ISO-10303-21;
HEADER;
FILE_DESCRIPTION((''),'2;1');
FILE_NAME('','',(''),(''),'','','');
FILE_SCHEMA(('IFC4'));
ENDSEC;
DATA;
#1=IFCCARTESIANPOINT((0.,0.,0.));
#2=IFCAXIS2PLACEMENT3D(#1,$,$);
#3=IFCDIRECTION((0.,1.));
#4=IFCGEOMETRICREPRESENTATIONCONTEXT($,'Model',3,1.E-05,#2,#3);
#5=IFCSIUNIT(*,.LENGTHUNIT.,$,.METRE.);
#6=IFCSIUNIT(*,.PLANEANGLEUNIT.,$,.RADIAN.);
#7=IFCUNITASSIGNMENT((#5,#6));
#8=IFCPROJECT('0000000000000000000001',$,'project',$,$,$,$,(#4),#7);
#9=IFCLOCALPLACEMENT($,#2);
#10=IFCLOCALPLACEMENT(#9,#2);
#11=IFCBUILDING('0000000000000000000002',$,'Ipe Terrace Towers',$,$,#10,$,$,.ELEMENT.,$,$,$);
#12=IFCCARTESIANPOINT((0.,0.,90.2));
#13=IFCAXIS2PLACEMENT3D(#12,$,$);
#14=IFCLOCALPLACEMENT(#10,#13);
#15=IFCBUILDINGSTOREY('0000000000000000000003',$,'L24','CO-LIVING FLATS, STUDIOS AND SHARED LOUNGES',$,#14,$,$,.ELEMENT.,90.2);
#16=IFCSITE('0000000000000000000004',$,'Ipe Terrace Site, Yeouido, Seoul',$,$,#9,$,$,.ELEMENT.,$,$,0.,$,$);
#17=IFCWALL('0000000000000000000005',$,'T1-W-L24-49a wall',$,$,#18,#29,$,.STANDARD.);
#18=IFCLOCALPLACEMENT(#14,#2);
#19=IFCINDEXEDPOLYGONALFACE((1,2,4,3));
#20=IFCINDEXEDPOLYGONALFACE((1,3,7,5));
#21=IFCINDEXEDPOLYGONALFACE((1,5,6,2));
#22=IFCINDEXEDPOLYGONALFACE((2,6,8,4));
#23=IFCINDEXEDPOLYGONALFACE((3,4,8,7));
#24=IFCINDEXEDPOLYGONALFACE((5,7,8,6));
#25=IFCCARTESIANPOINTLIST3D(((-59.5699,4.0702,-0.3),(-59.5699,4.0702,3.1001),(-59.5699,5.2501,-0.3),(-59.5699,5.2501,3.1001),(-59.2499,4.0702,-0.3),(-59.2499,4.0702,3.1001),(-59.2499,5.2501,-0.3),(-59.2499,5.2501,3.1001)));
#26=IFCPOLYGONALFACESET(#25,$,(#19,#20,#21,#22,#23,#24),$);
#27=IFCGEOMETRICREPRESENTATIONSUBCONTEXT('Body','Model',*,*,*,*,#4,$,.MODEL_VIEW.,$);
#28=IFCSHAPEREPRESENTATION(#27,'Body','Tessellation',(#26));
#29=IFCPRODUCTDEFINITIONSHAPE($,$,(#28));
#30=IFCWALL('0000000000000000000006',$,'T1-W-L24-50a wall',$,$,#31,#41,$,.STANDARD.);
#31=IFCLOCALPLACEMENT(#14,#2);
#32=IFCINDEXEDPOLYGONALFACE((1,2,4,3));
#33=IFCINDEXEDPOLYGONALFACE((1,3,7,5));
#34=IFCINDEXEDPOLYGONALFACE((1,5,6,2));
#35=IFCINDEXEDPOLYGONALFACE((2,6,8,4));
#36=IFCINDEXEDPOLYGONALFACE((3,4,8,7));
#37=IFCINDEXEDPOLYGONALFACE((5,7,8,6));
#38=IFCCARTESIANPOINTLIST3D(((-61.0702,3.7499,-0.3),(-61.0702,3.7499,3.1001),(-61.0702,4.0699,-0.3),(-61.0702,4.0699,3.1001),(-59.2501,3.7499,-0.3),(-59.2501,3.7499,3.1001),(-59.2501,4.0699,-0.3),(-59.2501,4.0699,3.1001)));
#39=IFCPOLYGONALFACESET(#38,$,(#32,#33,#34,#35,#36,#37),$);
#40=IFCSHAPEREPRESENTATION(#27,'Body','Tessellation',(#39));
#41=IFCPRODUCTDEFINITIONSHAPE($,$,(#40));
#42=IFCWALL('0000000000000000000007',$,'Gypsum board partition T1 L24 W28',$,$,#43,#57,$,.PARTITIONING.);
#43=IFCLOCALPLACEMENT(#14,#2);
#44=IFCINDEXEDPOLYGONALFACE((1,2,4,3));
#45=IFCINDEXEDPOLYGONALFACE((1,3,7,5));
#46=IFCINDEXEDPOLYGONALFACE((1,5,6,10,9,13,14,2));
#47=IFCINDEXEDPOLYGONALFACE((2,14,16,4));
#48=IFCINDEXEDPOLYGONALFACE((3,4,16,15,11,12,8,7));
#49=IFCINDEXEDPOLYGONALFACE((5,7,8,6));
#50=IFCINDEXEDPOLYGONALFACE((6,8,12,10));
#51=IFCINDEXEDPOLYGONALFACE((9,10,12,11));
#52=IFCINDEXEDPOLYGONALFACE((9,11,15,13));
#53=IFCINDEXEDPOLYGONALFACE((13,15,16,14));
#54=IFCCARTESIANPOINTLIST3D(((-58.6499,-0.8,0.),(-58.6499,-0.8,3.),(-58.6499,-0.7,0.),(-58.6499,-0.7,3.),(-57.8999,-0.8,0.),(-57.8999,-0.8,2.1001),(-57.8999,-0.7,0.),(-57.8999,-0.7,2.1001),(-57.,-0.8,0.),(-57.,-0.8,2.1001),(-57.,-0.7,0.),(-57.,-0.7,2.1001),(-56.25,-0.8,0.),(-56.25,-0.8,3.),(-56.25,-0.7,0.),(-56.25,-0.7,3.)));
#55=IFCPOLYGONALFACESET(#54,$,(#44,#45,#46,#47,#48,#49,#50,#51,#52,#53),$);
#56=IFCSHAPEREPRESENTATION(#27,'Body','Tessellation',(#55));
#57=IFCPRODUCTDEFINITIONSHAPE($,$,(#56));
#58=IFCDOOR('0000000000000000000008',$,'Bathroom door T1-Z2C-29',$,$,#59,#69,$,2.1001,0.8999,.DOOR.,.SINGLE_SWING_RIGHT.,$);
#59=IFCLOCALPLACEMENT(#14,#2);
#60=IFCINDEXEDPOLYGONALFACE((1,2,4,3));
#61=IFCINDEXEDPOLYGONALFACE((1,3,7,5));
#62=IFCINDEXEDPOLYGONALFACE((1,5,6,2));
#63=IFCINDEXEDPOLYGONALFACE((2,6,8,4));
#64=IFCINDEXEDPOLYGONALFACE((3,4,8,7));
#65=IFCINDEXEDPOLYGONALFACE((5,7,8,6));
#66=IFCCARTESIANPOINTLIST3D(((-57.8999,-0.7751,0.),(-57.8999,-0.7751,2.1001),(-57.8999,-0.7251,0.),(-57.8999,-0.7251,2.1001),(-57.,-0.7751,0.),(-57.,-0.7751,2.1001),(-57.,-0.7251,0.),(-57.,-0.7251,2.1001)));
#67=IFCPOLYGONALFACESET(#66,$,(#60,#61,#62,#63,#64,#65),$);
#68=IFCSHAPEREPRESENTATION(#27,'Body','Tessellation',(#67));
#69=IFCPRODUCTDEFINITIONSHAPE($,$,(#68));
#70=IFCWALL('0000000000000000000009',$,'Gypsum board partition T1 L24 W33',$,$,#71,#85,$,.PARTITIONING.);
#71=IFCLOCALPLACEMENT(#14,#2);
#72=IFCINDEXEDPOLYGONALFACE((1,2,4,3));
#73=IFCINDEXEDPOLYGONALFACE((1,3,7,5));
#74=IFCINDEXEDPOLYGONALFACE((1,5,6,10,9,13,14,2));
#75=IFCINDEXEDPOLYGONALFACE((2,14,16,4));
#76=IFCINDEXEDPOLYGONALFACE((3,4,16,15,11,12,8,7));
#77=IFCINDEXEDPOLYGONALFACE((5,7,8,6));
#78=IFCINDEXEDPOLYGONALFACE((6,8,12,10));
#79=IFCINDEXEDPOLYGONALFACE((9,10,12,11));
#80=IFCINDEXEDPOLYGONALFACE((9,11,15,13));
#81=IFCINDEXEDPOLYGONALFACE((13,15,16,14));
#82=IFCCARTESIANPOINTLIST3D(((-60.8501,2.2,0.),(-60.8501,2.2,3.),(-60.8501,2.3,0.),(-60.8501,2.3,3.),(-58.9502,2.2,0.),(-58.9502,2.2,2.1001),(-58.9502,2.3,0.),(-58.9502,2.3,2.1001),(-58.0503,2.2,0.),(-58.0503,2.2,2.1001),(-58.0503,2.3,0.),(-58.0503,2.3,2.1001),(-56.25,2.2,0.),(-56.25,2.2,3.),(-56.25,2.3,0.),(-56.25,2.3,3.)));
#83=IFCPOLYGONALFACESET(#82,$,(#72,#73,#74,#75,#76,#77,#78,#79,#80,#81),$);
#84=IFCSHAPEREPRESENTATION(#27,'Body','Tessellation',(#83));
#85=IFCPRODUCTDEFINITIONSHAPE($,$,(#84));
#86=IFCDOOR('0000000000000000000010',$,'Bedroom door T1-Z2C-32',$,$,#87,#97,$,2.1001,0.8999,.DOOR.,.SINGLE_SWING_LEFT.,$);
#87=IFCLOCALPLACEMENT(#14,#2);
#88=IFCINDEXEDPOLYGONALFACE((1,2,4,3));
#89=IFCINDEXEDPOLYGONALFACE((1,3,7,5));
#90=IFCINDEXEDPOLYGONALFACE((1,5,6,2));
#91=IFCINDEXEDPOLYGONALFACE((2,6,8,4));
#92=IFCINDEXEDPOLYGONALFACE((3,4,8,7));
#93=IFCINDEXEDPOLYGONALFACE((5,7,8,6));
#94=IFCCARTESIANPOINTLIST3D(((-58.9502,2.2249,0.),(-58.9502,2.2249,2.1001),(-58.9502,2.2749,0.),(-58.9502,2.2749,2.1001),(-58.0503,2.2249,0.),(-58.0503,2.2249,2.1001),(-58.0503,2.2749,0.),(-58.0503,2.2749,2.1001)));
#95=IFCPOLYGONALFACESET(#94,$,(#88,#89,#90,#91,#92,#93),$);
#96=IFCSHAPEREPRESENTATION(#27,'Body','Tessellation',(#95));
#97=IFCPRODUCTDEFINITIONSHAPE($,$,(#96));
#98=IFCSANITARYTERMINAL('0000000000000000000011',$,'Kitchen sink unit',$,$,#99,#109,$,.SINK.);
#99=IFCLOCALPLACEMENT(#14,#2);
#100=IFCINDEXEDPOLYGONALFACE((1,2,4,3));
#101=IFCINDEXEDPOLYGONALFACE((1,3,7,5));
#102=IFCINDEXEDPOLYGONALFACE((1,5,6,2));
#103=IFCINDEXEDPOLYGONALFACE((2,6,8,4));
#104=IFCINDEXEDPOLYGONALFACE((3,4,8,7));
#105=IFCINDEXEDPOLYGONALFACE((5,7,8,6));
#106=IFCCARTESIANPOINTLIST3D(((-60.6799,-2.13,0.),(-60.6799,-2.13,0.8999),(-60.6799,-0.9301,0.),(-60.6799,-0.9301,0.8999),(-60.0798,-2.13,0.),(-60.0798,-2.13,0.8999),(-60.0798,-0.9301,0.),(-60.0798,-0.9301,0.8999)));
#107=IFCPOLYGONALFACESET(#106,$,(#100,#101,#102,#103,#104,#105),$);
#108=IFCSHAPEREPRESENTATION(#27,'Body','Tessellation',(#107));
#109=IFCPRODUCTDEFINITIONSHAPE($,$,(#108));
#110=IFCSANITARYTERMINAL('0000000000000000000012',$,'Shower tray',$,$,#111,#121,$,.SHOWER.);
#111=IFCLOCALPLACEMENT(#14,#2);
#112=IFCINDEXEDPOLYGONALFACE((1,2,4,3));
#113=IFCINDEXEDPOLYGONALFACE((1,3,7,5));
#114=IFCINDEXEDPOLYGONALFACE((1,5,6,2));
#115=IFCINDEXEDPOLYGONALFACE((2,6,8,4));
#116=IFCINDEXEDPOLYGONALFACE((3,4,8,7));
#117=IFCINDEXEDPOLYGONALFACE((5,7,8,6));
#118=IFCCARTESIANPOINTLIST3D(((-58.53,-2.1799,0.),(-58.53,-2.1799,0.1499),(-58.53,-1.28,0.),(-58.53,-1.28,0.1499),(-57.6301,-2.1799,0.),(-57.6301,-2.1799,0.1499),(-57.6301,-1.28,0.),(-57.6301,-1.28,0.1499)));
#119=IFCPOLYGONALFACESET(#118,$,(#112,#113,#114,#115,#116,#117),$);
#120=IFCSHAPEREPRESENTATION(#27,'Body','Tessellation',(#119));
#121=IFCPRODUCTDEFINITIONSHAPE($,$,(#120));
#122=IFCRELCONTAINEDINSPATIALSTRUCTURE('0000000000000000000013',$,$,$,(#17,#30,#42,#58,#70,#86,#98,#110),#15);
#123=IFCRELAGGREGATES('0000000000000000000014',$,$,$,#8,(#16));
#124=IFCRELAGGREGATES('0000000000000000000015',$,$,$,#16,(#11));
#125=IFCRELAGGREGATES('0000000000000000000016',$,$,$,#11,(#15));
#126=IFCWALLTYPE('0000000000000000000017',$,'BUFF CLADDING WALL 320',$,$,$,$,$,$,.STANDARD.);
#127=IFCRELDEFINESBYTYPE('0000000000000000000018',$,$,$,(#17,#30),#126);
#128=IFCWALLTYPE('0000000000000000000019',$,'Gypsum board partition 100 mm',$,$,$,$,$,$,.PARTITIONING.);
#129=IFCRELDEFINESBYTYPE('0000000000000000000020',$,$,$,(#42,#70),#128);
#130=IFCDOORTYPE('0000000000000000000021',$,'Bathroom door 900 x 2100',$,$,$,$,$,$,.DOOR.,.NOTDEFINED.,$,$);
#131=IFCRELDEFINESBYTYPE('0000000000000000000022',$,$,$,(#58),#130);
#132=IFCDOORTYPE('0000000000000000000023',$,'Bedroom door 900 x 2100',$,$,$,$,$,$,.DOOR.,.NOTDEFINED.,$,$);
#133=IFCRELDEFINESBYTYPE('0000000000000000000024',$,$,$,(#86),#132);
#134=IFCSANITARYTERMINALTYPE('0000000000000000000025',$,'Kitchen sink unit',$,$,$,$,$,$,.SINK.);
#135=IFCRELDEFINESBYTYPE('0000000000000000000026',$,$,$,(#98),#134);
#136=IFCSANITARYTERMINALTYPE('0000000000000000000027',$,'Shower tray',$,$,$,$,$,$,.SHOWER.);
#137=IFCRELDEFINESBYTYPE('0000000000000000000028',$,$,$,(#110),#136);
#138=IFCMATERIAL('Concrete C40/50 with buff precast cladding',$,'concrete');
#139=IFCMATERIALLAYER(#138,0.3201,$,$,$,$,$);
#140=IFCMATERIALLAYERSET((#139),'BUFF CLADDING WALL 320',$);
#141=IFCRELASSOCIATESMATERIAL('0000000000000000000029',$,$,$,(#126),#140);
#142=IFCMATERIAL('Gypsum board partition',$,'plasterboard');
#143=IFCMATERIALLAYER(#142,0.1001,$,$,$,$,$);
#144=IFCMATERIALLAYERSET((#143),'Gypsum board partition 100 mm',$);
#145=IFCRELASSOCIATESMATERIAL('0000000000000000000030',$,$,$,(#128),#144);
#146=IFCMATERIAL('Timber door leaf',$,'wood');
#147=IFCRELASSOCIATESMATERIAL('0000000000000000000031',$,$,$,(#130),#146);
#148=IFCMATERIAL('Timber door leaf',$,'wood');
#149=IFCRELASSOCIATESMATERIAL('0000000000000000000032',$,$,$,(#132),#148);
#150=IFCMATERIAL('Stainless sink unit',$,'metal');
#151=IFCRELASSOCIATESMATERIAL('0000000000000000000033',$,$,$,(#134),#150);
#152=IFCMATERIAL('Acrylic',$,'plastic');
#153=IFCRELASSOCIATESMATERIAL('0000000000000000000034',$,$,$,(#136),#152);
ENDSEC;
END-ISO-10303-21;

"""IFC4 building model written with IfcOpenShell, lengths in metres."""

from ifc_helpers import new_model, si_unit, direction, frame, frame_2d, origin, origin_2d, place, context, subcontext, project, spatial, rectangle, extrude, material, layer, layer_set, type_object, element, fill, save


model = new_model("IFC4")

# Units and contexts
model_context = context("Model", 3, precision=1e-05, world=origin(), true_north=direction((0.0, 1.0)))
body_context = subcontext(model_context, "Body", "Model", "MODEL_VIEW")
ifc_project = project(units=[si_unit("LENGTHUNIT", "METRE"), si_unit("PLANEANGLEUNIT", "RADIAN")], contexts=[model_context])

# Site, building, storey
site_placement = place(None, origin())
site = spatial("IfcSite", under=ifc_project, at=site_placement, Name="Ipe Terrace Site, Yeouido, Seoul", CompositionType="ELEMENT", RefElevation=0.0)
building_placement = place(site_placement, origin())
building = spatial("IfcBuilding", under=site, at=building_placement, Name="Ipe Terrace Towers", CompositionType="ELEMENT")
storey_placement = place(building_placement, frame((0.0, 0.0, 90.2)))
storey = spatial("IfcBuildingStorey", under=building, at=storey_placement, Name="L24", Description="CO-LIVING FLATS, STUDIOS AND SHARED LOUNGES", CompositionType="ELEMENT", Elevation=90.2)

# Shared definitions
ifc_material_1 = material(Name="Concrete C40/50 with buff precast cladding", Category="concrete")
ifc_layer_1 = layer(ifc_material_1, 0.3201)
ifc_layer_set_1 = layer_set([ifc_layer_1], Name="BUFF CLADDING WALL 320")
wall_type_1 = type_object("IfcWallType", Name="BUFF CLADDING WALL 320", PredefinedType="STANDARD", material=ifc_layer_set_1)

# Walls
wall_1_placement = place(storey_placement, frame((-59.4099, 5.25, -0.3), z_axis=(0.0, 0.0, 1.0), x_axis=(0.0, -1.0, 0.0)))
element("IfcWall", 1, at=wall_1_placement, inside=storey, type_object=wall_type_1, Name="T1-W-L24-49a wall", PredefinedType="STANDARD", context=body_context, shape_type="SweptSolid", body=[
    extrude(rectangle(XDim=1.1799, YDim=0.3201, at=frame_2d((0.5898, 0.0))), origin(), (0.0, 0.0, 1.0), 3.4001),
])
wall_2_placement = place(storey_placement, frame((-59.25, 3.9099, -0.3), z_axis=(0.0, 0.0, 1.0), x_axis=(-1.0, 0.0, 0.0)))
element("IfcWall", 2, at=wall_2_placement, inside=storey, type_object=wall_type_1, Name="T1-W-L24-50a wall", PredefinedType="STANDARD", context=body_context, shape_type="SweptSolid", body=[
    extrude(rectangle(XDim=1.8201, YDim=0.3201, at=frame_2d((0.9102, 0.0))), origin(), (0.0, 0.0, 1.0), 3.4001),
])

# Walls, openings, doors
ifc_material_2 = material(Name="Gypsum board partition", Category="plasterboard")
ifc_layer_2 = layer(ifc_material_2, 0.1001)
ifc_layer_set_2 = layer_set([ifc_layer_2], Name="Gypsum board partition 100 mm")
wall_type_2 = type_object("IfcWallType", Name="Gypsum board partition 100 mm", PredefinedType="PARTITIONING", material=ifc_layer_set_2)
wall_3_placement = place(storey_placement, frame((-58.6499, -0.75, 0.0), z_axis=(0.0, 0.0, 1.0), x_axis=(1.0, 0.0, 0.0)))
wall_3 = element("IfcWall", 3, at=wall_3_placement, inside=storey, type_object=wall_type_2, Name="Gypsum board partition T1 L24 W28", PredefinedType="PARTITIONING", context=body_context, shape_type="SweptSolid", body=[
    extrude(rectangle(XDim=2.3999, YDim=0.1001, at=frame_2d((1.2, 0.0))), origin(), (0.0, 0.0, 1.0), 3.0),
])
opening_1_placement = place(wall_3_placement, frame((0.75, 0.0, 0.0)))
opening_1 = element("IfcOpeningElement", 4, at=opening_1_placement, cuts=wall_3, PredefinedType="OPENING", context=body_context, shape_type="SweptSolid", body=[
    extrude(rectangle(XDim=0.8999, YDim=2.1001, at=frame_2d((0.45, 1.05))), frame((0.0, 0.0601, 0.0), z_axis=(0.0, -1.0, 0.0), x_axis=(1.0, 0.0, 0.0)), (0.0, 0.0, 1.0), 0.1201),
])
ifc_material_3 = material(Name="Timber door leaf", Category="wood")
door_type_1 = type_object("IfcDoorType", Name="Bathroom door 900 x 2100", OperationType="NOTDEFINED", PredefinedType="DOOR", material=ifc_material_3)
door_1_placement = place(opening_1_placement, origin())
door_1 = element("IfcDoor", 5, at=door_1_placement, inside=storey, type_object=door_type_1, Name="Bathroom door T1-Z2C-29", OperationType="SINGLE_SWING_RIGHT", OverallHeight=2.1001, OverallWidth=0.8999, PredefinedType="DOOR", context=body_context, shape_type="SweptSolid", body=[
    extrude(rectangle(XDim=0.8999, YDim=2.1001, at=frame_2d((0.45, 1.05))), frame((0.0, 0.0249, 0.0), z_axis=(0.0, -1.0, 0.0), x_axis=(1.0, 0.0, 0.0)), (0.0, 0.0, 1.0), 0.05),
])
fill(opening_1, door_1)
wall_4_placement = place(storey_placement, frame((-60.8501, 2.25, 0.0), z_axis=(0.0, 0.0, 1.0), x_axis=(1.0, 0.0, 0.0)))
wall_4 = element("IfcWall", 6, at=wall_4_placement, inside=storey, type_object=wall_type_2, Name="Gypsum board partition T1 L24 W33", PredefinedType="PARTITIONING", context=body_context, shape_type="SweptSolid", body=[
    extrude(rectangle(XDim=4.6001, YDim=0.1001, at=frame_2d((2.3, 0.0))), origin(), (0.0, 0.0, 1.0), 3.0),
])
opening_2_placement = place(wall_4_placement, frame((1.8999, 0.0, 0.0)))
opening_2 = element("IfcOpeningElement", 7, at=opening_2_placement, cuts=wall_4, PredefinedType="OPENING", context=body_context, shape_type="SweptSolid", body=[
    extrude(rectangle(XDim=0.8999, YDim=2.1001, at=frame_2d((0.45, 1.05))), frame((0.0, 0.0601, 0.0), z_axis=(0.0, -1.0, 0.0), x_axis=(1.0, 0.0, 0.0)), (0.0, 0.0, 1.0), 0.1201),
])
ifc_material_4 = material(Name="Timber door leaf", Category="wood")
door_type_2 = type_object("IfcDoorType", Name="Bedroom door 900 x 2100", OperationType="NOTDEFINED", PredefinedType="DOOR", material=ifc_material_4)
door_2_placement = place(opening_2_placement, origin())
door_2 = element("IfcDoor", 8, at=door_2_placement, inside=storey, type_object=door_type_2, Name="Bedroom door T1-Z2C-32", OperationType="SINGLE_SWING_LEFT", OverallHeight=2.1001, OverallWidth=0.8999, PredefinedType="DOOR", context=body_context, shape_type="SweptSolid", body=[
    extrude(rectangle(XDim=0.8999, YDim=2.1001, at=frame_2d((0.45, 1.05))), frame((0.0, 0.0249, 0.0), z_axis=(0.0, -1.0, 0.0), x_axis=(1.0, 0.0, 0.0)), (0.0, 0.0, 1.0), 0.05),
])
fill(opening_2, door_2)

# Sanitary terminals
ifc_material_5 = material(Name="Stainless sink unit", Category="metal")
sanitary_terminal_type_1 = type_object("IfcSanitaryTerminalType", Name="Kitchen sink unit", PredefinedType="SINK", material=ifc_material_5)
sanitary_terminal_1_placement = place(storey_placement, frame((-60.3799, -1.53, 0.0), z_axis=(0.0, 0.0, 1.0), x_axis=(0.0, 1.0, 0.0)))
element("IfcSanitaryTerminal", 9, at=sanitary_terminal_1_placement, inside=storey, type_object=sanitary_terminal_type_1, Name="Kitchen sink unit", PredefinedType="SINK", context=body_context, shape_type="SweptSolid", body=[
    extrude(rectangle(XDim=1.2, YDim=0.6001, at=origin_2d()), origin(), (0.0, 0.0, 1.0), 0.8999),
])
ifc_material_6 = material(Name="Acrylic", Category="plastic")
sanitary_terminal_type_2 = type_object("IfcSanitaryTerminalType", Name="Shower tray", PredefinedType="SHOWER", material=ifc_material_6)
sanitary_terminal_2_placement = place(storey_placement, frame((-58.0801, -1.73, 0.0), z_axis=(0.0, 0.0, 1.0), x_axis=(0.0, 1.0, 0.0)))
element("IfcSanitaryTerminal", 10, at=sanitary_terminal_2_placement, inside=storey, type_object=sanitary_terminal_type_2, Name="Shower tray", PredefinedType="SHOWER", context=body_context, shape_type="SweptSolid", body=[
    extrude(rectangle(XDim=0.8999, YDim=0.8999, at=origin_2d()), origin(), (0.0, 0.0, 1.0), 0.1499),
])

save(model, "model.ifc")
